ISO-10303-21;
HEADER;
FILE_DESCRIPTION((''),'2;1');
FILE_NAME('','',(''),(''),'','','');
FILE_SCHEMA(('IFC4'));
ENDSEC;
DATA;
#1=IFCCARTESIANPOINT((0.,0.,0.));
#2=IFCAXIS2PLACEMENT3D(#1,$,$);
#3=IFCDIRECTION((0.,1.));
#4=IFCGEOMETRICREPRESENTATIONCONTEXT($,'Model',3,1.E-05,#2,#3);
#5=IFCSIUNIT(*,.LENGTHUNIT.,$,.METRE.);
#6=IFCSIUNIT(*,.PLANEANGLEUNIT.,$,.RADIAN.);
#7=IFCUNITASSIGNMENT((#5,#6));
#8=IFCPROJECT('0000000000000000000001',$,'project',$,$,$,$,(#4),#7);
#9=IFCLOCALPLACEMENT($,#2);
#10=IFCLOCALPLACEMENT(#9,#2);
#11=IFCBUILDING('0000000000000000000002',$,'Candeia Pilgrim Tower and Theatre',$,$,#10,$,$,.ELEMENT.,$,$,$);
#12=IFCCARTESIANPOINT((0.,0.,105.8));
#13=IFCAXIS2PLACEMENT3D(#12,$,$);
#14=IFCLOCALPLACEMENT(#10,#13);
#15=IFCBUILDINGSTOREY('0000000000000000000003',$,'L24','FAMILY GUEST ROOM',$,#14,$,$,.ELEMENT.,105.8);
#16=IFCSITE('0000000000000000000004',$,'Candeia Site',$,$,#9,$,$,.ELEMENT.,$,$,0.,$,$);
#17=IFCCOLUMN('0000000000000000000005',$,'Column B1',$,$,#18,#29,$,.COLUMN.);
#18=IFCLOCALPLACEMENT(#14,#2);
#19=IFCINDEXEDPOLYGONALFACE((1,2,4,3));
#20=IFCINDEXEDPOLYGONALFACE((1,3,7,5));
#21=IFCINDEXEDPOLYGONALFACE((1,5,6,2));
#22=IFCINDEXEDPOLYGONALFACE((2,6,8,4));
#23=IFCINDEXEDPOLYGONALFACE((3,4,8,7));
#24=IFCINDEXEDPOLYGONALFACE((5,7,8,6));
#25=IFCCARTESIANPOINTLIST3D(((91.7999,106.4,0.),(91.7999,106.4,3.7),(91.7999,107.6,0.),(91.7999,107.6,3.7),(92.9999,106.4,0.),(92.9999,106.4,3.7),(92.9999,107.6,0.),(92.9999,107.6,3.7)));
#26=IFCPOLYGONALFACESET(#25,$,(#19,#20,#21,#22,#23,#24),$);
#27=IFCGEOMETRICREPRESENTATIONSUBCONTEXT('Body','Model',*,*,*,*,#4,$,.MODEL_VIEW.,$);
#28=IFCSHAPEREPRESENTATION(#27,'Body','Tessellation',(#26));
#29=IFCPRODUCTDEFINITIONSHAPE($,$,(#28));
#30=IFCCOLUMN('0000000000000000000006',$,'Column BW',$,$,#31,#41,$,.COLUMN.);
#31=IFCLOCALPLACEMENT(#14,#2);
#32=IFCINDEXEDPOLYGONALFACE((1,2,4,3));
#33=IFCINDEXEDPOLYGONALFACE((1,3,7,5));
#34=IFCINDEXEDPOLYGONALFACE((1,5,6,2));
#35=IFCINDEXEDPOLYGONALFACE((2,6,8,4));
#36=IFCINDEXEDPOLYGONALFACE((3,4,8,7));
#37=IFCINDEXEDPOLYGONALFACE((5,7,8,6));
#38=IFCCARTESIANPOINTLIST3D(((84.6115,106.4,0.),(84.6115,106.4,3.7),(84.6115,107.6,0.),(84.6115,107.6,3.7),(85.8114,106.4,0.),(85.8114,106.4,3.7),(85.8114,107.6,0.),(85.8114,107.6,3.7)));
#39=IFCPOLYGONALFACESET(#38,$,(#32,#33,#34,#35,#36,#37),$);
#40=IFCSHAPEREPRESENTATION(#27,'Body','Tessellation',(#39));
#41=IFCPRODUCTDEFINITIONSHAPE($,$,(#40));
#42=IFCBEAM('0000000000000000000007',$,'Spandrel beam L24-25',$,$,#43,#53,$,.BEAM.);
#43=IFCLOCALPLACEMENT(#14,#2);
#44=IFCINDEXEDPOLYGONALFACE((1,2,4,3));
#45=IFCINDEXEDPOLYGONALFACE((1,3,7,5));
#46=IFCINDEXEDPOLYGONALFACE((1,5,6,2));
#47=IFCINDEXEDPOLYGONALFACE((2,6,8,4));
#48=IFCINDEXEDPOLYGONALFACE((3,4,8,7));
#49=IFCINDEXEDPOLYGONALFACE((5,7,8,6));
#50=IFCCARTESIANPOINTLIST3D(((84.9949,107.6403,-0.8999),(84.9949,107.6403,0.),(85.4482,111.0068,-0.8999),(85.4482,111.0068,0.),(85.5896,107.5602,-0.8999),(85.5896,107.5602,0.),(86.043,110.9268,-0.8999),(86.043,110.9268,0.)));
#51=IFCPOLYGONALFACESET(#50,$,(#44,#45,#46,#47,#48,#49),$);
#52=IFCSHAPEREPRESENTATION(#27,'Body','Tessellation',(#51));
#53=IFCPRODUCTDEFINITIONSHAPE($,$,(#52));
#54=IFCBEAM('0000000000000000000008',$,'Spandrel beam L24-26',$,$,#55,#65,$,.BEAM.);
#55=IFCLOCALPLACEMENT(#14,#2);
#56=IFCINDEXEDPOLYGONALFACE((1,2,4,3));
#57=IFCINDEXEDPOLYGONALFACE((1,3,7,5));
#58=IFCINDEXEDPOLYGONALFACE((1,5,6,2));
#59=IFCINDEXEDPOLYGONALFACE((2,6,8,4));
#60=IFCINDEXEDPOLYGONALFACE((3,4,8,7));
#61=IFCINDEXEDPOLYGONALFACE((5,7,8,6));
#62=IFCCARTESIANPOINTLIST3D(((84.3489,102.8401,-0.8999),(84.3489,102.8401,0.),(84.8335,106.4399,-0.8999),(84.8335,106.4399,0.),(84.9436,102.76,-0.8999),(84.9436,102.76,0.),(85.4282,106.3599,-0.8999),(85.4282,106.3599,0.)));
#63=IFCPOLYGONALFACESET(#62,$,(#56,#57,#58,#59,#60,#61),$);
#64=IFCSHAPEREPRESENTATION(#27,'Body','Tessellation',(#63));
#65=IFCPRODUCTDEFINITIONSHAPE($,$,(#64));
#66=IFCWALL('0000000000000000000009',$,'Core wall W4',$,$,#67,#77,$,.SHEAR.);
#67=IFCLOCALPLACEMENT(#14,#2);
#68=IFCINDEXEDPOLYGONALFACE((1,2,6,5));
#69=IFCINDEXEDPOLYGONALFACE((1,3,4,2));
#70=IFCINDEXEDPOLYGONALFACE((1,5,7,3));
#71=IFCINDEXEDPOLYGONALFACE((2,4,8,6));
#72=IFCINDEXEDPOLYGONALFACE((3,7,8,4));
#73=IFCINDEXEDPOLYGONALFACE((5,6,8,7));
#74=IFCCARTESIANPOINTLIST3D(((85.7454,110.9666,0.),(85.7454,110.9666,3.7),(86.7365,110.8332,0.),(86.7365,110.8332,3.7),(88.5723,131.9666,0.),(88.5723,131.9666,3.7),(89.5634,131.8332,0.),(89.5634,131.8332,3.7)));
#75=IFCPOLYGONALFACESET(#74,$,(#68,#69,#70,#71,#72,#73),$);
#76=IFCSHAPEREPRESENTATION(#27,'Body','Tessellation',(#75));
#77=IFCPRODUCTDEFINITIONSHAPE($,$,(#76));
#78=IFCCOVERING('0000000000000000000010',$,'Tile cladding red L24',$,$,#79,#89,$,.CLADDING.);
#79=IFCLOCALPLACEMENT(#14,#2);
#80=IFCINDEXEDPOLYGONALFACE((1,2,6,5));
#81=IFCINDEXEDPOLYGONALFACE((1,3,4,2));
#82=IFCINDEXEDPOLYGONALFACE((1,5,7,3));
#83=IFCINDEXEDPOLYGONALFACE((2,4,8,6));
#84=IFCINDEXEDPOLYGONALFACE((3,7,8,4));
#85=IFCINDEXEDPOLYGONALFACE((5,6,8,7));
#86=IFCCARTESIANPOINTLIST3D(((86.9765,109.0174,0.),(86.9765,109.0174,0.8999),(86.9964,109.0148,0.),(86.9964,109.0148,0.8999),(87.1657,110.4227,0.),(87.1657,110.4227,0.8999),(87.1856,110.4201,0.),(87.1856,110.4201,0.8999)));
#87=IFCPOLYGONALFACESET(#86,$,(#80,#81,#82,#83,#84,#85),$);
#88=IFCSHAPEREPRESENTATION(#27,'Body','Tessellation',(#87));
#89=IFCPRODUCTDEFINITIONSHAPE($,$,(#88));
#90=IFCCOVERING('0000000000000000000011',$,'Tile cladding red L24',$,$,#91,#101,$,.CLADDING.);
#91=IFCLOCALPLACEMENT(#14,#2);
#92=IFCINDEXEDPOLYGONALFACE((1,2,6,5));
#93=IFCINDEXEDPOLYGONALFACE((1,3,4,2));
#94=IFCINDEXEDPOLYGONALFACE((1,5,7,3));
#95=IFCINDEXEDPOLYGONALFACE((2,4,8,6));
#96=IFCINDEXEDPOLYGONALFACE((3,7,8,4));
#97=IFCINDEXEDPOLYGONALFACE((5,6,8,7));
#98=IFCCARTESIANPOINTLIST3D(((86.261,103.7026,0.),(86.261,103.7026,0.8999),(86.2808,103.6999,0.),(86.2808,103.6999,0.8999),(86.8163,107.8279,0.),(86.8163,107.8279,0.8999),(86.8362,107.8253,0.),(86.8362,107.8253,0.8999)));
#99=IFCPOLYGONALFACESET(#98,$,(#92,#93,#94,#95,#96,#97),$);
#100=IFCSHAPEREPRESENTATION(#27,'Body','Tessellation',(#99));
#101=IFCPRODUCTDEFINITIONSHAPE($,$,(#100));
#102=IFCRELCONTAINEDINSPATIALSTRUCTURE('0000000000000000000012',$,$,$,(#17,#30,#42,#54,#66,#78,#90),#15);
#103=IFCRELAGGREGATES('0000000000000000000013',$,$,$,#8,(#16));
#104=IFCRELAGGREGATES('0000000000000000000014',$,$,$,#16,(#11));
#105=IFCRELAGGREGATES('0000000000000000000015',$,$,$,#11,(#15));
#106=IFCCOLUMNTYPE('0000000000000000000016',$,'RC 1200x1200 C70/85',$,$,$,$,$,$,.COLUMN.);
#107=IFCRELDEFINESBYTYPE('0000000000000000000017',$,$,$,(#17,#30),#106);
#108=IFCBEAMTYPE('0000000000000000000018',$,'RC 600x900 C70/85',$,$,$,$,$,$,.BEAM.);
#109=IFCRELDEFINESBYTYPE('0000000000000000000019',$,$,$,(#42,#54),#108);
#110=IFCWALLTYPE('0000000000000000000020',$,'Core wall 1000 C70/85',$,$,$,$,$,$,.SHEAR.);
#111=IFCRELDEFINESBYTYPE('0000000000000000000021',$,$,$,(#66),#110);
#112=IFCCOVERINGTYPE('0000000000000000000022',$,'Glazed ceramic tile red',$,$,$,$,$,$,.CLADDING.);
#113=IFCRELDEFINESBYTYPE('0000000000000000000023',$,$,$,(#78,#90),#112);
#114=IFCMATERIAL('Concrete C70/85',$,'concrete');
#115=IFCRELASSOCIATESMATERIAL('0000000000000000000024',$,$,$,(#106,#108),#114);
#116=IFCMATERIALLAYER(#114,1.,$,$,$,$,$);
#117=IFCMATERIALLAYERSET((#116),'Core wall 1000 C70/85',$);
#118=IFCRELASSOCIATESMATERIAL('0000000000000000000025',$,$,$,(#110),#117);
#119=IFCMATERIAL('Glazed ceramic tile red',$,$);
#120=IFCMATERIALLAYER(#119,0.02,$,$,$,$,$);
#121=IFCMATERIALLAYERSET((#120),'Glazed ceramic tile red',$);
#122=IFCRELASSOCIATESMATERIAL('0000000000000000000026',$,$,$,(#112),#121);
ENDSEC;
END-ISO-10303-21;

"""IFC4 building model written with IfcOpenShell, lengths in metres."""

from ifc_helpers import new_model, si_unit, direction, frame, frame_2d, origin, origin_2d, place, context, subcontext, project, spatial, rectangle, extrude, material, layer, layer_set, material_profile, profile_set, type_object, element, save


model = new_model("IFC4")

# Units and contexts
model_context = context("Model", 3, precision=1e-05, world=origin(), true_north=direction((0.0, 1.0)))
body_context = subcontext(model_context, "Body", "Model", "MODEL_VIEW")
ifc_project = project(units=[si_unit("LENGTHUNIT", "METRE"), si_unit("PLANEANGLEUNIT", "RADIAN")], contexts=[model_context])

# Site, building, storey
site_placement = place(None, origin())
site = spatial("IfcSite", under=ifc_project, at=site_placement, Name="Candeia Site", CompositionType="ELEMENT", RefElevation=0.0)
building_placement = place(site_placement, origin())
building = spatial("IfcBuilding", under=site, at=building_placement, Name="Candeia Pilgrim Tower and Theatre", CompositionType="ELEMENT")
storey_placement = place(building_placement, frame((0.0, 0.0, 105.8)))
storey = spatial("IfcBuildingStorey", under=building, at=storey_placement, Name="L24", Description="FAMILY GUEST ROOM", CompositionType="ELEMENT", Elevation=105.8)

# Columns
ifc_material_1 = material(Name="Concrete C70/85", Category="concrete")
ifc_material_profile_1 = material_profile(ifc_material_1, rectangle(XDim=1.2, YDim=1.2, at=origin_2d()))
ifc_profile_set_1 = profile_set([ifc_material_profile_1], Name="Concrete C70/85")
column_type = type_object("IfcColumnType", Name="RC 1200x1200 C70/85", PredefinedType="COLUMN", material=ifc_profile_set_1)
for number, where, z_axis, x_axis, name in (
    (1, (92.3999, 107.0, 0.0), (0.0, 0.0, 1.0), (1.0, 0.0, 0.0), "Column B1"),
    (2, (85.2114, 107.0, 0.0), (0.0, 0.0, 1.0), (1.0, 0.0, 0.0), "Column BW"),
):
    element("IfcColumn", number, at=place(storey_placement, frame(where, z_axis=z_axis, x_axis=x_axis)), inside=storey, type_object=column_type, Name=name, PredefinedType="COLUMN", context=body_context, shape_type="SweptSolid", body=[
        extrude(rectangle(XDim=1.2, YDim=1.2, at=origin_2d()), origin(), (0.0, 0.0, 1.0), 3.7),
    ])

# Beams
ifc_material_profile_2 = material_profile(ifc_material_1, rectangle(XDim=0.6001, YDim=0.8999, at=origin_2d()))
ifc_profile_set_2 = profile_set([ifc_material_profile_2], Name="Concrete C70/85")
beam_type = type_object("IfcBeamType", Name="RC 600x900 C70/85", PredefinedType="BEAM", material=ifc_profile_set_2)
beam_1_placement = place(storey_placement, frame((85.7456, 110.9668, -0.45), z_axis=(-0.133458, -0.991054, 0.0), x_axis=(0.991054, -0.133458, 0.0)))
element("IfcBeam", 3, at=beam_1_placement, inside=storey, type_object=beam_type, Name="Spandrel beam L24-25", PredefinedType="BEAM", context=body_context, shape_type="SweptSolid", body=[
    extrude(rectangle(XDim=0.6001, YDim=0.8999, at=origin_2d()), origin(), (0.0, 0.0, 1.0), 3.397),
])
beam_2_placement = place(storey_placement, frame((85.1309, 106.3999, -0.45), z_axis=(-0.133418, -0.99106, 0.0), x_axis=(0.99106, -0.133418, 0.0)))
element("IfcBeam", 4, at=beam_2_placement, inside=storey, type_object=beam_type, Name="Spandrel beam L24-26", PredefinedType="BEAM", context=body_context, shape_type="SweptSolid", body=[
    extrude(rectangle(XDim=0.6001, YDim=0.8999, at=origin_2d()), origin(), (0.0, 0.0, 1.0), 3.6323),
])

# Wall
ifc_layer_1 = layer(ifc_material_1, 1.0)
ifc_layer_set_1 = layer_set([ifc_layer_1], Name="Core wall 1000 C70/85")
wall_type_1 = type_object("IfcWallType", Name="Core wall 1000 C70/85", PredefinedType="SHEAR", material=ifc_layer_set_1)
wall_1_placement = place(storey_placement, frame((86.241, 110.8999, 0.0), z_axis=(0.0, 0.0, 1.0), x_axis=(0.133411, 0.991061, 0.0)))
element("IfcWall", 5, at=wall_1_placement, inside=storey, type_object=wall_type_1, Name="Core wall W4", PredefinedType="SHEAR", context=body_context, shape_type="SweptSolid", body=[
    extrude(rectangle(XDim=21.1895, YDim=1.0, at=frame_2d((10.5947, 0.0))), origin(), (0.0, 0.0, 1.0), 3.7),
])

# Coverings
ifc_material_2 = material(Name="Glazed ceramic tile red")
ifc_layer_2 = layer(ifc_material_2, 0.02)
ifc_layer_set_2 = layer_set([ifc_layer_2], Name="Glazed ceramic tile red")
covering_type = type_object("IfcCoveringType", Name="Glazed ceramic tile red", PredefinedType="CLADDING", material=ifc_layer_set_2)
covering_1_placement = place(storey_placement, frame((87.0811, 109.7188, 0.0), z_axis=(0.0, 0.0, 1.0), x_axis=(-0.133412, -0.991061, 0.0)))
element("IfcCovering", 6, at=covering_1_placement, inside=storey, type_object=covering_type, Name="Tile cladding red L24", PredefinedType="CLADDING", context=body_context, shape_type="SweptSolid", body=[
    extrude(rectangle(XDim=1.418, YDim=0.02, at=origin_2d()), origin(), (0.0, 0.0, 1.0), 0.8999),
])
covering_2_placement = place(storey_placement, frame((86.5486, 105.7639, 0.0), z_axis=(0.0, 0.0, 1.0), x_axis=(-0.133412, -0.991061, 0.0)))
element("IfcCovering", 7, at=covering_2_placement, inside=storey, type_object=covering_type, Name="Tile cladding red L24", PredefinedType="CLADDING", context=body_context, shape_type="SweptSolid", body=[
    extrude(rectangle(XDim=4.1626, YDim=0.02, at=origin_2d()), origin(), (0.0, 0.0, 1.0), 0.8999),
])

save(model, "model.ifc")
